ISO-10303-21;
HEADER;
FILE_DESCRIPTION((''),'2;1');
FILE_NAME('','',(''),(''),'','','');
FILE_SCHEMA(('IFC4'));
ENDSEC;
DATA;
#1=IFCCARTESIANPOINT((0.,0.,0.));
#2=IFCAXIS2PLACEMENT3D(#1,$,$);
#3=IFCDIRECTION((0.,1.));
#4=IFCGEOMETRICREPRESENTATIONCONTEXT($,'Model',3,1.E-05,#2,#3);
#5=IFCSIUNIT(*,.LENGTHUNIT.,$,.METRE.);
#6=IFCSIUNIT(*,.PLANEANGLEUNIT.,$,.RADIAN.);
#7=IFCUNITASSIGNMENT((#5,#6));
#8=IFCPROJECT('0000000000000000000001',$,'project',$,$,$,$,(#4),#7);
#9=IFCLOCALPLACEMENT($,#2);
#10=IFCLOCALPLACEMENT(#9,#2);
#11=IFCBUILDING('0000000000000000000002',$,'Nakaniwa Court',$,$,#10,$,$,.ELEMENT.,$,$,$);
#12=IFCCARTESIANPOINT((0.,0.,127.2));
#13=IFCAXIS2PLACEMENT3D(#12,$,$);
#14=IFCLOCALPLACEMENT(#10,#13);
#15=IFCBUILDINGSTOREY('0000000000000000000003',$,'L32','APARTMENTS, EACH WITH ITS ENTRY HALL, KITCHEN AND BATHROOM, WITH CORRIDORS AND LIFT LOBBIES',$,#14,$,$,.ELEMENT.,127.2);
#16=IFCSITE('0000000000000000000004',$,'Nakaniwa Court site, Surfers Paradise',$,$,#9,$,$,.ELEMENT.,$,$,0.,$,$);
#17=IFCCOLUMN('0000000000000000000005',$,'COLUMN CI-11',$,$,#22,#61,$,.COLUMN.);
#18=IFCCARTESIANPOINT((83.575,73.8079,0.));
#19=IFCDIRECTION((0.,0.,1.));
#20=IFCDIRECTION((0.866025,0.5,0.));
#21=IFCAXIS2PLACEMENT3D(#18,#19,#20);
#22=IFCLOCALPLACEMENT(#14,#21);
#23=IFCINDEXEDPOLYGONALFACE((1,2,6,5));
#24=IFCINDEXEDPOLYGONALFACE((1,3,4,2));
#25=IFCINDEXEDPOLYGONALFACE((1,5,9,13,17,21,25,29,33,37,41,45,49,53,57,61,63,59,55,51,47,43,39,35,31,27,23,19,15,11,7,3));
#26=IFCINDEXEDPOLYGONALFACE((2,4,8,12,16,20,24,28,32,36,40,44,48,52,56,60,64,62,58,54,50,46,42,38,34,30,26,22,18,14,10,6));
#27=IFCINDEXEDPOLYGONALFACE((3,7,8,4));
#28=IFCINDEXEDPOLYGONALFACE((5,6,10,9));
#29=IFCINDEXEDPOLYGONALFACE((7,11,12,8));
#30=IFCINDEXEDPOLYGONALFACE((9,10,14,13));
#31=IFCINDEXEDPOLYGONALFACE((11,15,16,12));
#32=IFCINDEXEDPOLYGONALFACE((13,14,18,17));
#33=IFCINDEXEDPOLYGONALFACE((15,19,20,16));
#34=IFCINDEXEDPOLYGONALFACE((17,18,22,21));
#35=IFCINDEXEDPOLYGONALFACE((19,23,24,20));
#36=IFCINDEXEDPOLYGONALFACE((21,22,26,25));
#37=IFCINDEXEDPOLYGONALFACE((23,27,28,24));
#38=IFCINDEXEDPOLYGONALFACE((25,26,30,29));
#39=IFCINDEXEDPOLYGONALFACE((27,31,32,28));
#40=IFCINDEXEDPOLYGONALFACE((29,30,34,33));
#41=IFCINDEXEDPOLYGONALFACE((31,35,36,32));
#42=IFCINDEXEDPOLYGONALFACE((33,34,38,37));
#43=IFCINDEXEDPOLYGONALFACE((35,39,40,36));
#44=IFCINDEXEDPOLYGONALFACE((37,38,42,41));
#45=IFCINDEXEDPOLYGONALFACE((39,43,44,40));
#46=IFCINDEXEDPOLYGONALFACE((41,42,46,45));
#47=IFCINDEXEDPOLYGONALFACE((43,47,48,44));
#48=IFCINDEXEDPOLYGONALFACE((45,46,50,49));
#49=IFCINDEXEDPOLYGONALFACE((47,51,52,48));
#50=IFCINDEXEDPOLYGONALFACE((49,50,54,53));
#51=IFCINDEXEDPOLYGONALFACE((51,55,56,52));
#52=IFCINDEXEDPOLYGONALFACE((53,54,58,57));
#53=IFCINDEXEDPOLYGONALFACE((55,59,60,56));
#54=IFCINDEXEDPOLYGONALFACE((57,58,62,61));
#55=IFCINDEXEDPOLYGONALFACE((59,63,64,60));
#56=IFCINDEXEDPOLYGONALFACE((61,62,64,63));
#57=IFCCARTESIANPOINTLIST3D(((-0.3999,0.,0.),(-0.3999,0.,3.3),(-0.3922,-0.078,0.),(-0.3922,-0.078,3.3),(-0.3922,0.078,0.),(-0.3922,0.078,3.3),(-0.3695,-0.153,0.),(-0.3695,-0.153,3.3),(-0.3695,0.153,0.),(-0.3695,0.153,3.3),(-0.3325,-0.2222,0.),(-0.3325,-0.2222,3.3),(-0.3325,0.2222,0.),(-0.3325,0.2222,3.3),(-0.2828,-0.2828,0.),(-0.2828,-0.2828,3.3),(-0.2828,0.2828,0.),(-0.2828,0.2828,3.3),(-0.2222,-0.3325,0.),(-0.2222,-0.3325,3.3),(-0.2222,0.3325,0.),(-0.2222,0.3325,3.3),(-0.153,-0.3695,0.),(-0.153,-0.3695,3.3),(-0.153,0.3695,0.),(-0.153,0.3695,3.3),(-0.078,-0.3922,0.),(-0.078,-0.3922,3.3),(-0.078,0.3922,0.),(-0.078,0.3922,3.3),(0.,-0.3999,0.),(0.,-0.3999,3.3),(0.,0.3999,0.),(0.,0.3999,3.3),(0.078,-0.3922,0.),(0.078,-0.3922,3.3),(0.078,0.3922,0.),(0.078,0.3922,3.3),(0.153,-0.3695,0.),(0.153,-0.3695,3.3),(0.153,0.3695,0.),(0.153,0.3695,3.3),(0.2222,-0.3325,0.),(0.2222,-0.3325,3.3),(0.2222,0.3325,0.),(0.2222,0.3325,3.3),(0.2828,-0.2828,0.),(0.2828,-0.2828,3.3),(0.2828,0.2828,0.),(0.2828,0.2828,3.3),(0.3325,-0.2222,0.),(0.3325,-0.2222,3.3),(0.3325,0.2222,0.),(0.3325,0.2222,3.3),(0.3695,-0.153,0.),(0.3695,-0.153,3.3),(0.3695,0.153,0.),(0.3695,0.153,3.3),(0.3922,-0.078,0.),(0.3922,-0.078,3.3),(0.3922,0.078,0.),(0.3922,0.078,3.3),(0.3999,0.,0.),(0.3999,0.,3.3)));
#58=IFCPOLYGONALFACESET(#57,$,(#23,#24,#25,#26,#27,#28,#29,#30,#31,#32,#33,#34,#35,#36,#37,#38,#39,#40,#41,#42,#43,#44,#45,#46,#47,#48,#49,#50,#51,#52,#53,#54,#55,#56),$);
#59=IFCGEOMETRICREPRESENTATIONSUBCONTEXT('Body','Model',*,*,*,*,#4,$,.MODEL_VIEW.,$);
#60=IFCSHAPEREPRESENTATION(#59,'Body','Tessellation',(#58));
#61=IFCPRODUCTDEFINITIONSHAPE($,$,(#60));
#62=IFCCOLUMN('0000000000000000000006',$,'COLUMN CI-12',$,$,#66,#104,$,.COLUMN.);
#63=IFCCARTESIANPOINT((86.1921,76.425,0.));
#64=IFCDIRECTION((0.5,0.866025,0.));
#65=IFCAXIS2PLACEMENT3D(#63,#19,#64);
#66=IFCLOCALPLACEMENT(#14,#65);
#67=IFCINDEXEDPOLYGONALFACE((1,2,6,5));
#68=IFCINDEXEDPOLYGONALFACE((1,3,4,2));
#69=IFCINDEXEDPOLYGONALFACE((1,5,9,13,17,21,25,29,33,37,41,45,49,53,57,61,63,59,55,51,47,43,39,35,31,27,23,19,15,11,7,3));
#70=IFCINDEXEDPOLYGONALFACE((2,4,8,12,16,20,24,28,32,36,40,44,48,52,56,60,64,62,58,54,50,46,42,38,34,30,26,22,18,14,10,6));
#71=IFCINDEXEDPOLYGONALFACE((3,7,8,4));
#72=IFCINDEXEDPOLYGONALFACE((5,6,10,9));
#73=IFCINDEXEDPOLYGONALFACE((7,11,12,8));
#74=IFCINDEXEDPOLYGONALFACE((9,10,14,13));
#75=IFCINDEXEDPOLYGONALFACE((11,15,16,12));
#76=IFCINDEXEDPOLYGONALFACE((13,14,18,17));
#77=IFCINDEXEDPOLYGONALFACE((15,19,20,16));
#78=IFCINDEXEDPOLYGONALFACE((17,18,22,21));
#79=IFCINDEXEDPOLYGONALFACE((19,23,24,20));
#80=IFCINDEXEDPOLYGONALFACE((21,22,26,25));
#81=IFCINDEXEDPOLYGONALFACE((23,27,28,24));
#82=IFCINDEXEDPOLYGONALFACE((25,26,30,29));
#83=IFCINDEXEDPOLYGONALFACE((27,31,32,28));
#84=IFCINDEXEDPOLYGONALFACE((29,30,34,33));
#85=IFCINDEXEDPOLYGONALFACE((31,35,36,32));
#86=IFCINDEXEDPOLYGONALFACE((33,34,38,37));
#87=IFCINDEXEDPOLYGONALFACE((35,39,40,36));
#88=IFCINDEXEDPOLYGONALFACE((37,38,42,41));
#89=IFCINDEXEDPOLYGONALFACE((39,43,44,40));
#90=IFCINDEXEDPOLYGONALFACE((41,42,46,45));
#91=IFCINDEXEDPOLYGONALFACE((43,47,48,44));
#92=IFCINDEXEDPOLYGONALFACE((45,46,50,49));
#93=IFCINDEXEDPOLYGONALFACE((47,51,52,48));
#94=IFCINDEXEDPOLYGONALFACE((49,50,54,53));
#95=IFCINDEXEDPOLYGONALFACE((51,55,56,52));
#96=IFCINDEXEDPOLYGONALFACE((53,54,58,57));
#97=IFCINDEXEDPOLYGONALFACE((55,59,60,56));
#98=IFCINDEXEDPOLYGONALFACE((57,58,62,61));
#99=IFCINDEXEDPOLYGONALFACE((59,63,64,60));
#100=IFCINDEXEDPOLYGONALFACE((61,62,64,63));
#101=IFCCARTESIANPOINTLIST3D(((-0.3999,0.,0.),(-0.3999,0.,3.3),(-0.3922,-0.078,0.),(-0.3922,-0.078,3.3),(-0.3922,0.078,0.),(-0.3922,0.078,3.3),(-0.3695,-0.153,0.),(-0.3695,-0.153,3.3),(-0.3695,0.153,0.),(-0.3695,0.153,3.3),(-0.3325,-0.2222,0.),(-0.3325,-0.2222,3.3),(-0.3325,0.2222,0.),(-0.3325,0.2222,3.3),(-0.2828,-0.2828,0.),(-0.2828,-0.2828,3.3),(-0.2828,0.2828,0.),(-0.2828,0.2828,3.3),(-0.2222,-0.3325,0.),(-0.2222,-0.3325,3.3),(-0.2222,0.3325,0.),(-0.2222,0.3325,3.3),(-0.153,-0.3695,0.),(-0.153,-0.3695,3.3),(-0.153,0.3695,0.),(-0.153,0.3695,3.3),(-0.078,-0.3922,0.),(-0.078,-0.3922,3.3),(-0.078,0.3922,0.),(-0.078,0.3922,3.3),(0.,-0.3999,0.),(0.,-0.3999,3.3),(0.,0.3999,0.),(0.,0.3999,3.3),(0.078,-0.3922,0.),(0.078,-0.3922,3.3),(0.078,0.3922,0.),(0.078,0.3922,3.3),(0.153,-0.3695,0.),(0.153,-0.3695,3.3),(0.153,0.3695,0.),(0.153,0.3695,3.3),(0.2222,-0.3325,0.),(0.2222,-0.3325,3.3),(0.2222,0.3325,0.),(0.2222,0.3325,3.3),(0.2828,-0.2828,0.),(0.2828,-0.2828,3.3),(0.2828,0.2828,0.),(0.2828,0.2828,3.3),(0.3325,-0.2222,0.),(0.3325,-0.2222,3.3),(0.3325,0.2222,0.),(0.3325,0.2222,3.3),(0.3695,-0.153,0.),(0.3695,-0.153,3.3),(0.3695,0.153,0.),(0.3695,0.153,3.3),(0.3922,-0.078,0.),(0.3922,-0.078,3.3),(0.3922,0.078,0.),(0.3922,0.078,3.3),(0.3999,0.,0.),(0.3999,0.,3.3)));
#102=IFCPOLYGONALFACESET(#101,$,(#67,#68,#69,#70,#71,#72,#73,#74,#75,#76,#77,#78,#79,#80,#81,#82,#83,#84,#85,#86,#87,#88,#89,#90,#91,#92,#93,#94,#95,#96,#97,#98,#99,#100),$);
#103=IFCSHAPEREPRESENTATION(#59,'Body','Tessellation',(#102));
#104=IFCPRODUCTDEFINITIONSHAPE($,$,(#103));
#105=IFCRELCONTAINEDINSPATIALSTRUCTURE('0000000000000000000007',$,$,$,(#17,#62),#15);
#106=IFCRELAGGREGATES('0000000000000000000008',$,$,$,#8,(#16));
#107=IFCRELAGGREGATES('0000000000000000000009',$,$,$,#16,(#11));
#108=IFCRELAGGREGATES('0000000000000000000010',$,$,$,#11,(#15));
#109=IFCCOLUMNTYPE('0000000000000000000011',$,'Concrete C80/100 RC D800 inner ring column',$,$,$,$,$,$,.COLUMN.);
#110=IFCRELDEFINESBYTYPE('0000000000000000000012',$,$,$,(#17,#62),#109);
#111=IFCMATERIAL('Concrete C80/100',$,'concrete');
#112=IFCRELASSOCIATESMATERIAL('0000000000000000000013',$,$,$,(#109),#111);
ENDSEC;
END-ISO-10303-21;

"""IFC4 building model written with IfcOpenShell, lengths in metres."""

from ifc_helpers import new_model, si_unit, direction, frame, origin, origin_2d, place, context, subcontext, project, spatial, circle, extrude, material, material_profile, profile_set, type_object, element, save


model = new_model("IFC4")

# Units and contexts
model_context = context("Model", 3, precision=1e-05, world=origin(), true_north=direction((0.0, 1.0)))
body_context = subcontext(model_context, "Body", "Model", "MODEL_VIEW")
ifc_project = project(units=[si_unit("LENGTHUNIT", "METRE"), si_unit("PLANEANGLEUNIT", "RADIAN")], contexts=[model_context])

# Site, building, storey
site_placement = place(None, origin())
site = spatial("IfcSite", under=ifc_project, at=site_placement, Name="Nakaniwa Court site, Surfers Paradise", CompositionType="ELEMENT", RefElevation=0.0)
building_placement = place(site_placement, origin())
building = spatial("IfcBuilding", under=site, at=building_placement, Name="Nakaniwa Court", CompositionType="ELEMENT")
storey_placement = place(building_placement, frame((0.0, 0.0, 127.2)))
storey = spatial("IfcBuildingStorey", under=building, at=storey_placement, Name="L32", Description="APARTMENTS, EACH WITH ITS ENTRY HALL, KITCHEN AND BATHROOM, WITH CORRIDORS AND LIFT LOBBIES", CompositionType="ELEMENT", Elevation=127.2)

# Columns
ifc_material_1 = material(Name="Concrete C80/100", Category="concrete")
ifc_material_profile_1 = material_profile(ifc_material_1, circle(Radius=0.3999, at=origin_2d()), Name="Concrete C80/100 RC D800 inner ring column")
ifc_profile_set_1 = profile_set([ifc_material_profile_1], Name="Concrete C80/100")
column_type = type_object("IfcColumnType", Name="Concrete C80/100 RC D800 inner ring column", PredefinedType="COLUMN", material=ifc_profile_set_1)
for number, where, z_axis, x_axis, name in (
    (1, (83.575, 73.8079, 0.0), (0.0, 0.0, 1.0), (0.866025, 0.5, 0.0), "COLUMN CI-11"),
    (2, (86.1921, 76.425, 0.0), (0.0, 0.0, 1.0), (0.5, 0.866025, 0.0), "COLUMN CI-12"),
):
    element("IfcColumn", number, at=place(storey_placement, frame(where, z_axis=z_axis, x_axis=x_axis)), inside=storey, type_object=column_type, Name=name, PredefinedType="COLUMN", context=body_context, shape_type="SweptSolid", body=[
        extrude(circle(Radius=0.3999, at=origin_2d()), origin(), (0.0, 0.0, 1.0), 3.3),
    ])

save(model, "model.ifc")
